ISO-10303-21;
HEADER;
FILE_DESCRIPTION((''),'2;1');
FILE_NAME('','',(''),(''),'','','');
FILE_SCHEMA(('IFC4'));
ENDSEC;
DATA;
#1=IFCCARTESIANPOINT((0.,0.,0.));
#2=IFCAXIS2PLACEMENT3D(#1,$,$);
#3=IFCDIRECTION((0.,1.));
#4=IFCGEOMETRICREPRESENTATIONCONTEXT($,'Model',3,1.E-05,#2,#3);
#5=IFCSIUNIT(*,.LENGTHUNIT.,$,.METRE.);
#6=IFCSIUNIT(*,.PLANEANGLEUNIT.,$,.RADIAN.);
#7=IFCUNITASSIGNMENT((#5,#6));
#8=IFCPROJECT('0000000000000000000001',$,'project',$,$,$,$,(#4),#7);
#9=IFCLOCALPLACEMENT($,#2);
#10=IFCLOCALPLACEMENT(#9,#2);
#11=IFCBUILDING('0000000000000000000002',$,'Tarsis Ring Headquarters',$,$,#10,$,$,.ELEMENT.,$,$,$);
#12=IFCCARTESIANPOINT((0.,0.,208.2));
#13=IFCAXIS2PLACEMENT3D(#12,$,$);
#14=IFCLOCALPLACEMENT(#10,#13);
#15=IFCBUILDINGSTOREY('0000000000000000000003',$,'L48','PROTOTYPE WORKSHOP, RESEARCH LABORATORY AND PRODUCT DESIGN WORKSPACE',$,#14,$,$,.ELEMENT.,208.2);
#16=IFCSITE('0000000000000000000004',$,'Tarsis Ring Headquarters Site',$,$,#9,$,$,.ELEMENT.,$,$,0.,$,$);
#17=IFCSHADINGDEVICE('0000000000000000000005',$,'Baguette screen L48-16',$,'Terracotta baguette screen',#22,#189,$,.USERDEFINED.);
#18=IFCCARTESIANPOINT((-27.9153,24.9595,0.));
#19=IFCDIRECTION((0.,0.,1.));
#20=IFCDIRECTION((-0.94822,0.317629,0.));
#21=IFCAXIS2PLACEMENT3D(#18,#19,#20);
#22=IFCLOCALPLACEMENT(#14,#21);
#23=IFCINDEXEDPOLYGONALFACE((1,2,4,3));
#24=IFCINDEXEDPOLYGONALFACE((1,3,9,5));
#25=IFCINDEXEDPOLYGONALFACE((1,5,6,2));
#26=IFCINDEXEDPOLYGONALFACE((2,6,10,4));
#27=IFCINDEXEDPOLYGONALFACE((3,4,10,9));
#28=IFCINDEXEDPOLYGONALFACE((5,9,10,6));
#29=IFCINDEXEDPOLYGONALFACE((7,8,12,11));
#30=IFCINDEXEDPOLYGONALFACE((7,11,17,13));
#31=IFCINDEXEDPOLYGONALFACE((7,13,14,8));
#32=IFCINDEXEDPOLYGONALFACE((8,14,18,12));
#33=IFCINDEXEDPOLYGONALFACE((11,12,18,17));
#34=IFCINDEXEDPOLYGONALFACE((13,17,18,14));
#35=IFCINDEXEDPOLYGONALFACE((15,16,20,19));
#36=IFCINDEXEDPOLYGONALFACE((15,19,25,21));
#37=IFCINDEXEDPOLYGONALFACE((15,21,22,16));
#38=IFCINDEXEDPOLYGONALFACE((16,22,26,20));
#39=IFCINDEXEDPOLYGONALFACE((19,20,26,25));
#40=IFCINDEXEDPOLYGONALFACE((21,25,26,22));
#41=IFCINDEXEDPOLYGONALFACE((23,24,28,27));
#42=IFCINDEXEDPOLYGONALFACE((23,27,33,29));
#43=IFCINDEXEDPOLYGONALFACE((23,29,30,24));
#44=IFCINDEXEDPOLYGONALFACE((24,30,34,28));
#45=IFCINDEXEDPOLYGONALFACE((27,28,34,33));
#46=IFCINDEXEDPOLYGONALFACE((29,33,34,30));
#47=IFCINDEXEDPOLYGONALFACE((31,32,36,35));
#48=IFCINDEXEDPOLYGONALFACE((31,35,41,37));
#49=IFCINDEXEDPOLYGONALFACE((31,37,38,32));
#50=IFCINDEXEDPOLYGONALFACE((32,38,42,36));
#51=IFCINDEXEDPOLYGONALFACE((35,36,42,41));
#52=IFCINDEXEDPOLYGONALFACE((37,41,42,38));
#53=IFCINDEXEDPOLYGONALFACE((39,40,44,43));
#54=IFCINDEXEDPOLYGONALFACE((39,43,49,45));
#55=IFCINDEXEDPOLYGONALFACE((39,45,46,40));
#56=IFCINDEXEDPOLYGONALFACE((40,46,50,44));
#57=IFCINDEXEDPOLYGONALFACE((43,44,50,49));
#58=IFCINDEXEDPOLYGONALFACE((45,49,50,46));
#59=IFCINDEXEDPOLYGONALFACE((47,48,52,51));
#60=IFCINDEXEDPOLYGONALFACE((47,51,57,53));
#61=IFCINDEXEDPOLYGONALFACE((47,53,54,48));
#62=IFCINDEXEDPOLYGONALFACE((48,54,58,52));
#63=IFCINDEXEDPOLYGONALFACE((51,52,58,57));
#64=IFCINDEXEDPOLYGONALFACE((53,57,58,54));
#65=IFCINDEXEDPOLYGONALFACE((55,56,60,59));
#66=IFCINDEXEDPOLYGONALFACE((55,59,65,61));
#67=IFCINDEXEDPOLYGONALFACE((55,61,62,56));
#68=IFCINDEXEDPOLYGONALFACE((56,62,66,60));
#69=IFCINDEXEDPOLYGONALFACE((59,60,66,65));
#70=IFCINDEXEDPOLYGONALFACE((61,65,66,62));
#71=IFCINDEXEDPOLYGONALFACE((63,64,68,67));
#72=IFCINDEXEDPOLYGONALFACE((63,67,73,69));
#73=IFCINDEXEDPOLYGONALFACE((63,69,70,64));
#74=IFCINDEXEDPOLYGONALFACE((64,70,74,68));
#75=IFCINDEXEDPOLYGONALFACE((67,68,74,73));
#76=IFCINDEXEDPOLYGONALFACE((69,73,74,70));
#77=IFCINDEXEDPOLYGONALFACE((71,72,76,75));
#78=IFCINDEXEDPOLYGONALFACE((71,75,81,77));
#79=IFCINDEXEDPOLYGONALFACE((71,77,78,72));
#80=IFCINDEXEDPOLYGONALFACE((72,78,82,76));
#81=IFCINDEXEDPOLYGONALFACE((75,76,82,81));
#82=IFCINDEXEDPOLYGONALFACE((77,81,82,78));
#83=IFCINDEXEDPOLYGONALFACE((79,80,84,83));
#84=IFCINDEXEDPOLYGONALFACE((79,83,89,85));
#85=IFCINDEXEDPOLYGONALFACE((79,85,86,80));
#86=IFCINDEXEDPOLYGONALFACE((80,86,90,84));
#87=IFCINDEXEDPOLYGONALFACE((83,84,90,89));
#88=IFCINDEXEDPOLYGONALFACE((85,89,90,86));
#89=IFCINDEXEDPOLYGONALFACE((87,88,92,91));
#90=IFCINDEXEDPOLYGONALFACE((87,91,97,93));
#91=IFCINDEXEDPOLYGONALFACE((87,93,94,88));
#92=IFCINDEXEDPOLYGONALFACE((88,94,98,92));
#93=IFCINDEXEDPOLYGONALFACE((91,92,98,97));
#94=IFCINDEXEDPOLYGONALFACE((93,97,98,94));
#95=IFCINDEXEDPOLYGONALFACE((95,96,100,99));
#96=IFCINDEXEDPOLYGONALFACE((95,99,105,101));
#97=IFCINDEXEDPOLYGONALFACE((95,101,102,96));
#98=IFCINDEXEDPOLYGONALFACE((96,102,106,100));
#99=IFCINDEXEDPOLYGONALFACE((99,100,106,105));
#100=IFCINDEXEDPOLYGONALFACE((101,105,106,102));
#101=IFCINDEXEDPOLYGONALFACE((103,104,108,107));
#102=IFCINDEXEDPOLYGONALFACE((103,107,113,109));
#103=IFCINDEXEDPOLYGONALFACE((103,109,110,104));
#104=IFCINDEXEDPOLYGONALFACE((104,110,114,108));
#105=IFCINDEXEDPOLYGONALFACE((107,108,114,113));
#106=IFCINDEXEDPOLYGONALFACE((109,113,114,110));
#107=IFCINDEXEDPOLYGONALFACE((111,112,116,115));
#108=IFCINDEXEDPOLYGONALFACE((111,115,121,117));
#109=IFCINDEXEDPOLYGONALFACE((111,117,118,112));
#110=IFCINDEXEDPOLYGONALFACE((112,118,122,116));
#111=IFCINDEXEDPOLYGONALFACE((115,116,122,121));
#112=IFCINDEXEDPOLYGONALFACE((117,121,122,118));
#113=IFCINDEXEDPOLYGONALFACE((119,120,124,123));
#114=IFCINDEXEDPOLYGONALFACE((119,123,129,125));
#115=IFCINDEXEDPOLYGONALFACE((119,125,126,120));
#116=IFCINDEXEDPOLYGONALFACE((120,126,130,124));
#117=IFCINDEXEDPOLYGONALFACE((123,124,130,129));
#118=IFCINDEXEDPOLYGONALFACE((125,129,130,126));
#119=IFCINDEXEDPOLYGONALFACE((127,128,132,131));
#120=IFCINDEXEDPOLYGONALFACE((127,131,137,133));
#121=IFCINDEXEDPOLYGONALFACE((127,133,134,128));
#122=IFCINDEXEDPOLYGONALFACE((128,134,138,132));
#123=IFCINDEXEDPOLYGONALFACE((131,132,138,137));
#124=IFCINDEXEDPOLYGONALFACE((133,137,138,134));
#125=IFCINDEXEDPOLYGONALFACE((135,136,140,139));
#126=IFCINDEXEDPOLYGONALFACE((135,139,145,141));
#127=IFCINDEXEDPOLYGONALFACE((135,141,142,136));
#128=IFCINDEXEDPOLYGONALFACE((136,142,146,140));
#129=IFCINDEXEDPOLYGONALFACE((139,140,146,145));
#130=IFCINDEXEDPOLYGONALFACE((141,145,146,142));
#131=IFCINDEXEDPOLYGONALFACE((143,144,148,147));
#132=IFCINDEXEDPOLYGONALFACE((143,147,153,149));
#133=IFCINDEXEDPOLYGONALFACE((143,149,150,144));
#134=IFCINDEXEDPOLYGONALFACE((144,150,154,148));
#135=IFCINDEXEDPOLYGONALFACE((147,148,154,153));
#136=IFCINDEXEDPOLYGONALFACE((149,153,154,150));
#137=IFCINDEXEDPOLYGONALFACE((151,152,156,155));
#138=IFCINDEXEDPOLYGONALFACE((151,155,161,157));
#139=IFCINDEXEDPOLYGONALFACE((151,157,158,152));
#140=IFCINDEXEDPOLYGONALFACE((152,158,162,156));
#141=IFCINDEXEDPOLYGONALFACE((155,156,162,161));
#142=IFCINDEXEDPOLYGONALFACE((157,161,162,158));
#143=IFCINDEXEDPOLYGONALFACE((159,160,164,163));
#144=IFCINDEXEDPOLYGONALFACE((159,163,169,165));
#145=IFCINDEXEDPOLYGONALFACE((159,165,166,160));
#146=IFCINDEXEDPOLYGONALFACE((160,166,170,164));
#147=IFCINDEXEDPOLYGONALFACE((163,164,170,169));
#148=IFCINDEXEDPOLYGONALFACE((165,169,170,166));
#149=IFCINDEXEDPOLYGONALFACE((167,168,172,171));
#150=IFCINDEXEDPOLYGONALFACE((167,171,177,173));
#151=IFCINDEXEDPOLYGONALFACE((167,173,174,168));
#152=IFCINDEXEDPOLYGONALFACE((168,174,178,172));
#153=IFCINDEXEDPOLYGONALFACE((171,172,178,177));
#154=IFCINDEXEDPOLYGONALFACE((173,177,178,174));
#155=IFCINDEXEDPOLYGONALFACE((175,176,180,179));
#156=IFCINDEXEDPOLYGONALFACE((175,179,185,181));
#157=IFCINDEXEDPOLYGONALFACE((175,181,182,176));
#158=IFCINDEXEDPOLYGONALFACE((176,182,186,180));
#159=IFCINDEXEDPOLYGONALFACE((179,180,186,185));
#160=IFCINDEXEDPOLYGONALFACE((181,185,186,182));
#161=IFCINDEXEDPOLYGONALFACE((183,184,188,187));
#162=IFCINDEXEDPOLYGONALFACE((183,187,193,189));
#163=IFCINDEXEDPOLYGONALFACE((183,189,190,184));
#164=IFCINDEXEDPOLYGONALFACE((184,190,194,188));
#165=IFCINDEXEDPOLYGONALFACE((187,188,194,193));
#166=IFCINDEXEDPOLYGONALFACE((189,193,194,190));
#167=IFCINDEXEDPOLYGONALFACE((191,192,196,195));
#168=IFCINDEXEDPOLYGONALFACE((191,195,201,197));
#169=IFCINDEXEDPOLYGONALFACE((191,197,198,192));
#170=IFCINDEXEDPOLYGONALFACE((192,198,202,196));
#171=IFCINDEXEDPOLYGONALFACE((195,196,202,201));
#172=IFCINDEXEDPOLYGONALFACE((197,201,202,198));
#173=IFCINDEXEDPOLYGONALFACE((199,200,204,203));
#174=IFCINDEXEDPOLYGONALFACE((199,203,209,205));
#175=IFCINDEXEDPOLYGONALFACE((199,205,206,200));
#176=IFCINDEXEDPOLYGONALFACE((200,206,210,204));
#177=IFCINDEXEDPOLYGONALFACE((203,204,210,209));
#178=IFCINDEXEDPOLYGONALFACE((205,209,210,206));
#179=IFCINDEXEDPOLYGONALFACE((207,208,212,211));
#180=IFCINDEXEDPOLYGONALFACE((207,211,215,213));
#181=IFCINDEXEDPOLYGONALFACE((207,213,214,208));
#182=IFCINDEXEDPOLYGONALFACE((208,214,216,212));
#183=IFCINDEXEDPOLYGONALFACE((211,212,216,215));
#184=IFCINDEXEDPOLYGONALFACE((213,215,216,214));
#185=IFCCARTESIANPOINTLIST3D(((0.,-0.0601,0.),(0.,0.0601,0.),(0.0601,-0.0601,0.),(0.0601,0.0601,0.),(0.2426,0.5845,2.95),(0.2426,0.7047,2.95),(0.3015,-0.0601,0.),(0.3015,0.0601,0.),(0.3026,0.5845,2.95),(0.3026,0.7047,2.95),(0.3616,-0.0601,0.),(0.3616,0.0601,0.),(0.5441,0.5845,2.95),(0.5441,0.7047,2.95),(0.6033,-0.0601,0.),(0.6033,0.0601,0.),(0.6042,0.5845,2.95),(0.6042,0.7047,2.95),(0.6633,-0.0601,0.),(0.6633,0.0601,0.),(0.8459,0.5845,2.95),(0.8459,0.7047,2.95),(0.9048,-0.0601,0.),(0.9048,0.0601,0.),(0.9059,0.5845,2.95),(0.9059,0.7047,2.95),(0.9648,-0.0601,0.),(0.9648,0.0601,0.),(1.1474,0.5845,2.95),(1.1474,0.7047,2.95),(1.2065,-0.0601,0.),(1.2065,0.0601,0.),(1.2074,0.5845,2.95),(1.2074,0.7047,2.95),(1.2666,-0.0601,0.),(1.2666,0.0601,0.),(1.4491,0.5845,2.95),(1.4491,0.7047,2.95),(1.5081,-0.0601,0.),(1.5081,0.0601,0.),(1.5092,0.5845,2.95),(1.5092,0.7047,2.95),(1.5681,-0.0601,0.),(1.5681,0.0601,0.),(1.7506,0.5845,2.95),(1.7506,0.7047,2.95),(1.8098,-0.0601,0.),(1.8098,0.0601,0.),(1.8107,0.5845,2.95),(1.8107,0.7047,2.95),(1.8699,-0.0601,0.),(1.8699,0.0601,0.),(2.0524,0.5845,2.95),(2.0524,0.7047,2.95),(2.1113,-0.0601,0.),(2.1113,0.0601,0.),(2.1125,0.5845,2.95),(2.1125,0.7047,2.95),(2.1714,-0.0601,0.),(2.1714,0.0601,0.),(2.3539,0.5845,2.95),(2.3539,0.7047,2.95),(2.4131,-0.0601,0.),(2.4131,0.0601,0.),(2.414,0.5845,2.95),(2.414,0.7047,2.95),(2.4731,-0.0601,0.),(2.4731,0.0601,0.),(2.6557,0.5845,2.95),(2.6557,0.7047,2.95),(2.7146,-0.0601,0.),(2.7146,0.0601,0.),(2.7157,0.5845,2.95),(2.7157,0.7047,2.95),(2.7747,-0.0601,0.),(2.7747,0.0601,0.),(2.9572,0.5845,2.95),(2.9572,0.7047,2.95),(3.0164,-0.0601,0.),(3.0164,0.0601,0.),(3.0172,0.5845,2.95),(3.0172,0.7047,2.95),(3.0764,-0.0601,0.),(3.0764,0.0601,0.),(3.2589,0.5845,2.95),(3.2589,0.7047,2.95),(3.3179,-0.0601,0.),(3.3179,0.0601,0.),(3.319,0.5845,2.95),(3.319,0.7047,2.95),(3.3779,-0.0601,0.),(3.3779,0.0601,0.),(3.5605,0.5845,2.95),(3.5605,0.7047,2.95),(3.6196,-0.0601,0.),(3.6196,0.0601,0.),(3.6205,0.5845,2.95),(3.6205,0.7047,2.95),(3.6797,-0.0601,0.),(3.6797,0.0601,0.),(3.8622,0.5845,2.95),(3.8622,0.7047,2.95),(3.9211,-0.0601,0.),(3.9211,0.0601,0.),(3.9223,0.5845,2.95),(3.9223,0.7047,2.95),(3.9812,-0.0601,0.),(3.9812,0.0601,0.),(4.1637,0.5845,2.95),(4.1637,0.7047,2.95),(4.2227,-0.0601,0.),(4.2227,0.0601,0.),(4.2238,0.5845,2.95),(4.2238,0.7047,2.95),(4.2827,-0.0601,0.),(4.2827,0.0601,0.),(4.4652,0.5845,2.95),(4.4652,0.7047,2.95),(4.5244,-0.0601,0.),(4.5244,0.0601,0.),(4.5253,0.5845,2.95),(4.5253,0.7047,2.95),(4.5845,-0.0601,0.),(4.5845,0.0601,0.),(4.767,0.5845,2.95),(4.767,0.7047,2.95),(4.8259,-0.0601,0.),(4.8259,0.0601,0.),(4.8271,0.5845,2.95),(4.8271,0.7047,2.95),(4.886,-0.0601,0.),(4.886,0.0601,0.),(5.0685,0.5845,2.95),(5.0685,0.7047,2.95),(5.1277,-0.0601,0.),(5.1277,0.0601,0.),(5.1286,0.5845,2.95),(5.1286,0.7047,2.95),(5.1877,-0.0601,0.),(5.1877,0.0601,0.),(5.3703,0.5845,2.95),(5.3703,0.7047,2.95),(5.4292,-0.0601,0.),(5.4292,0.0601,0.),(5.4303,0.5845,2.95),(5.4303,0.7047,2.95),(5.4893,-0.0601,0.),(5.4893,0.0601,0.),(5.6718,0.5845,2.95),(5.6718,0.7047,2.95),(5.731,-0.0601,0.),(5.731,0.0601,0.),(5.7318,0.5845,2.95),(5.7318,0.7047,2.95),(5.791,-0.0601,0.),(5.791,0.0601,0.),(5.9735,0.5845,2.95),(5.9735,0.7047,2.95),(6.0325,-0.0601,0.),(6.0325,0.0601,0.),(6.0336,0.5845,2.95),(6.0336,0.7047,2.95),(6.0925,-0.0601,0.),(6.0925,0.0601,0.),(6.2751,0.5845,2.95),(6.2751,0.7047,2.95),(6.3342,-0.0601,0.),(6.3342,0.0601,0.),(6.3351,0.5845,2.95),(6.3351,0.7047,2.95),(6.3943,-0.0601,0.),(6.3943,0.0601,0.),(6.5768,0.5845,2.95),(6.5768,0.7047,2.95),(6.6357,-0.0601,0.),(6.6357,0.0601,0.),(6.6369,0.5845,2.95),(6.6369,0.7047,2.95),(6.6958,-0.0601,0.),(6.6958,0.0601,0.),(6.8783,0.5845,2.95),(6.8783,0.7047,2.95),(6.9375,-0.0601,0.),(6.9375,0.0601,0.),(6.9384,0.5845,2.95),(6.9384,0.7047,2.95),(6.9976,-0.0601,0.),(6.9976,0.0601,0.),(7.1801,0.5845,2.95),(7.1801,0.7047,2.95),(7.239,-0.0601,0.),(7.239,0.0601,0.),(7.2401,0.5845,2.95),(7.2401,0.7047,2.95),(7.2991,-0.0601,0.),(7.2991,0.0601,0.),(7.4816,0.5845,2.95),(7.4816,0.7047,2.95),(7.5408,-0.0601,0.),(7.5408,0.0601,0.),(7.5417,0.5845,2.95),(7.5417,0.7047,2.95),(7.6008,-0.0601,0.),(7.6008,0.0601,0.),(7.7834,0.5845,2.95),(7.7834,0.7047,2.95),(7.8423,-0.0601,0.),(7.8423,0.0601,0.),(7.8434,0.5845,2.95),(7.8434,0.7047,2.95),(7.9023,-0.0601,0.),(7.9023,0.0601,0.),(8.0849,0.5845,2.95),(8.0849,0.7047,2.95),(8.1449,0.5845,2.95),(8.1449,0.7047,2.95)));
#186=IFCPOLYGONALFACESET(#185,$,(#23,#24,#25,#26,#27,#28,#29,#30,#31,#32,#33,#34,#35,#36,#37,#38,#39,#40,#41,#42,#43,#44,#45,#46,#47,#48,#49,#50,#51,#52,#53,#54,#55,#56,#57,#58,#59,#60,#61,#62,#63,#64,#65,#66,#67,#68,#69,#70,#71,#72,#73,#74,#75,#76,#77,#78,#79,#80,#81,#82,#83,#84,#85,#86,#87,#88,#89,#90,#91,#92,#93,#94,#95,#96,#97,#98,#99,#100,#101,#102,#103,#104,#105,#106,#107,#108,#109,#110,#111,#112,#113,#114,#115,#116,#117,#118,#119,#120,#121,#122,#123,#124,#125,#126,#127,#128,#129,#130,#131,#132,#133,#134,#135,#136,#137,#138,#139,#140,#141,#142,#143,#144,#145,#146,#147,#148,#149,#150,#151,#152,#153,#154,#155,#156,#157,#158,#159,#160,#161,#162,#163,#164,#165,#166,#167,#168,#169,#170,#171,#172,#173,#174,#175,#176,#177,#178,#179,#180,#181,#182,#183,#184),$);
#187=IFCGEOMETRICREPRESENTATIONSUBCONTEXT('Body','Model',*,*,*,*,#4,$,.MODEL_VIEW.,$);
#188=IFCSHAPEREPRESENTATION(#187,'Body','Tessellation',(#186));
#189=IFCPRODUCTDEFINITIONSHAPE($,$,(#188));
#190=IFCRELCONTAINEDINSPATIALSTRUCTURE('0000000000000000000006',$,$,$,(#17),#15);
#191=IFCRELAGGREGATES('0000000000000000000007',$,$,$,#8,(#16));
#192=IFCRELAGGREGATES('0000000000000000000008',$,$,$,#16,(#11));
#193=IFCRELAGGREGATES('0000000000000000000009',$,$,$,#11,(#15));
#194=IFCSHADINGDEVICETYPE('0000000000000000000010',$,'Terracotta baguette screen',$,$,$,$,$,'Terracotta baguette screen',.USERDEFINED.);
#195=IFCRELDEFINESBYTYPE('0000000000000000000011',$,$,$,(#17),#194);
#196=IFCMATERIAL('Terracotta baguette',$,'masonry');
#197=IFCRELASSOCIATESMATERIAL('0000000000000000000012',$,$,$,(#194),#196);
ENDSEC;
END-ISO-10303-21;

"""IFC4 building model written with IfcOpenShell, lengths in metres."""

from ifc_helpers import new_model, si_unit, direction, frame, frame_2d, origin, place, context, subcontext, project, spatial, rectangle, composite_profile, extrude, material, type_object, element, save


model = new_model("IFC4")

# Units and contexts
model_context = context("Model", 3, precision=1e-05, world=origin(), true_north=direction((0.0, 1.0)))
body_context = subcontext(model_context, "Body", "Model", "MODEL_VIEW")
ifc_project = project(units=[si_unit("LENGTHUNIT", "METRE"), si_unit("PLANEANGLEUNIT", "RADIAN")], contexts=[model_context])

# Site, building, storey
site_placement = place(None, origin())
site = spatial("IfcSite", under=ifc_project, at=site_placement, Name="Tarsis Ring Headquarters Site", CompositionType="ELEMENT", RefElevation=0.0)
building_placement = place(site_placement, origin())
building = spatial("IfcBuilding", under=site, at=building_placement, Name="Tarsis Ring Headquarters", CompositionType="ELEMENT")
storey_placement = place(building_placement, frame((0.0, 0.0, 208.2)))
storey = spatial("IfcBuildingStorey", under=building, at=storey_placement, Name="L48", Description="PROTOTYPE WORKSHOP, RESEARCH LABORATORY AND PRODUCT DESIGN WORKSPACE", CompositionType="ELEMENT", Elevation=208.2)

# Shading device
ifc_material_1 = material(Name="Terracotta baguette", Category="masonry")
shading_device_type_1 = type_object("IfcShadingDeviceType", Name="Terracotta baguette screen", ElementType="Terracotta baguette screen", PredefinedType="USERDEFINED", material=ifc_material_1)
shading_device_1_placement = place(storey_placement, frame((-27.9153, 24.9595, 0.0), z_axis=(0.0, 0.0, 1.0), x_axis=(-0.94822, 0.317629, 0.0)))
element("IfcShadingDevice", 1, at=shading_device_1_placement, inside=storey, type_object=shading_device_type_1, Name="Baguette screen L48-16", ObjectType="Terracotta baguette screen", PredefinedType="USERDEFINED", context=body_context, shape_type="SweptSolid", body=[
    extrude(composite_profile([rectangle(XDim=0.0601, YDim=0.1201, at=frame_2d((0.03, 0.0))), rectangle(XDim=0.0601, YDim=0.1201, at=frame_2d((0.3315, 0.0))), rectangle(XDim=0.0601, YDim=0.1201, at=frame_2d((0.6333, 0.0))), rectangle(XDim=0.0601, YDim=0.1201, at=frame_2d((0.9348, 0.0))), rectangle(XDim=0.0601, YDim=0.1201, at=frame_2d((1.2366, 0.0))), rectangle(XDim=0.0601, YDim=0.1201, at=frame_2d((1.5381, 0.0))), rectangle(XDim=0.0601, YDim=0.1201, at=frame_2d((1.8398, 0.0))), rectangle(XDim=0.0601, YDim=0.1201, at=frame_2d((2.1414, 0.0))), rectangle(XDim=0.0601, YDim=0.1201, at=frame_2d((2.4431, 0.0))), rectangle(XDim=0.0601, YDim=0.1201, at=frame_2d((2.7446, 0.0))), rectangle(XDim=0.0601, YDim=0.1201, at=frame_2d((3.0464, 0.0))), rectangle(XDim=0.0601, YDim=0.1201, at=frame_2d((3.3479, 0.0))), rectangle(XDim=0.0601, YDim=0.1201, at=frame_2d((3.6497, 0.0))), rectangle(XDim=0.0601, YDim=0.1201, at=frame_2d((3.9512, 0.0))), rectangle(XDim=0.0601, YDim=0.1201, at=frame_2d((4.2527, 0.0))), rectangle(XDim=0.0601, YDim=0.1201, at=frame_2d((4.5544, 0.0))), rectangle(XDim=0.0601, YDim=0.1201, at=frame_2d((4.856, 0.0))), rectangle(XDim=0.0601, YDim=0.1201, at=frame_2d((5.1577, 0.0))), rectangle(XDim=0.0601, YDim=0.1201, at=frame_2d((5.4592, 0.0))), rectangle(XDim=0.0601, YDim=0.1201, at=frame_2d((5.761, 0.0))), rectangle(XDim=0.0601, YDim=0.1201, at=frame_2d((6.0625, 0.0))), rectangle(XDim=0.0601, YDim=0.1201, at=frame_2d((6.3643, 0.0))), rectangle(XDim=0.0601, YDim=0.1201, at=frame_2d((6.6658, 0.0))), rectangle(XDim=0.0601, YDim=0.1201, at=frame_2d((6.9675, 0.0))), rectangle(XDim=0.0601, YDim=0.1201, at=frame_2d((7.269, 0.0))), rectangle(XDim=0.0601, YDim=0.1201, at=frame_2d((7.5708, 0.0))), rectangle(XDim=0.0601, YDim=0.1201, at=frame_2d((7.8723, 0.0)))]), origin(), (0.080081, 0.212786, 0.973812), 3.0293),
])

save(model, "model.ifc")
